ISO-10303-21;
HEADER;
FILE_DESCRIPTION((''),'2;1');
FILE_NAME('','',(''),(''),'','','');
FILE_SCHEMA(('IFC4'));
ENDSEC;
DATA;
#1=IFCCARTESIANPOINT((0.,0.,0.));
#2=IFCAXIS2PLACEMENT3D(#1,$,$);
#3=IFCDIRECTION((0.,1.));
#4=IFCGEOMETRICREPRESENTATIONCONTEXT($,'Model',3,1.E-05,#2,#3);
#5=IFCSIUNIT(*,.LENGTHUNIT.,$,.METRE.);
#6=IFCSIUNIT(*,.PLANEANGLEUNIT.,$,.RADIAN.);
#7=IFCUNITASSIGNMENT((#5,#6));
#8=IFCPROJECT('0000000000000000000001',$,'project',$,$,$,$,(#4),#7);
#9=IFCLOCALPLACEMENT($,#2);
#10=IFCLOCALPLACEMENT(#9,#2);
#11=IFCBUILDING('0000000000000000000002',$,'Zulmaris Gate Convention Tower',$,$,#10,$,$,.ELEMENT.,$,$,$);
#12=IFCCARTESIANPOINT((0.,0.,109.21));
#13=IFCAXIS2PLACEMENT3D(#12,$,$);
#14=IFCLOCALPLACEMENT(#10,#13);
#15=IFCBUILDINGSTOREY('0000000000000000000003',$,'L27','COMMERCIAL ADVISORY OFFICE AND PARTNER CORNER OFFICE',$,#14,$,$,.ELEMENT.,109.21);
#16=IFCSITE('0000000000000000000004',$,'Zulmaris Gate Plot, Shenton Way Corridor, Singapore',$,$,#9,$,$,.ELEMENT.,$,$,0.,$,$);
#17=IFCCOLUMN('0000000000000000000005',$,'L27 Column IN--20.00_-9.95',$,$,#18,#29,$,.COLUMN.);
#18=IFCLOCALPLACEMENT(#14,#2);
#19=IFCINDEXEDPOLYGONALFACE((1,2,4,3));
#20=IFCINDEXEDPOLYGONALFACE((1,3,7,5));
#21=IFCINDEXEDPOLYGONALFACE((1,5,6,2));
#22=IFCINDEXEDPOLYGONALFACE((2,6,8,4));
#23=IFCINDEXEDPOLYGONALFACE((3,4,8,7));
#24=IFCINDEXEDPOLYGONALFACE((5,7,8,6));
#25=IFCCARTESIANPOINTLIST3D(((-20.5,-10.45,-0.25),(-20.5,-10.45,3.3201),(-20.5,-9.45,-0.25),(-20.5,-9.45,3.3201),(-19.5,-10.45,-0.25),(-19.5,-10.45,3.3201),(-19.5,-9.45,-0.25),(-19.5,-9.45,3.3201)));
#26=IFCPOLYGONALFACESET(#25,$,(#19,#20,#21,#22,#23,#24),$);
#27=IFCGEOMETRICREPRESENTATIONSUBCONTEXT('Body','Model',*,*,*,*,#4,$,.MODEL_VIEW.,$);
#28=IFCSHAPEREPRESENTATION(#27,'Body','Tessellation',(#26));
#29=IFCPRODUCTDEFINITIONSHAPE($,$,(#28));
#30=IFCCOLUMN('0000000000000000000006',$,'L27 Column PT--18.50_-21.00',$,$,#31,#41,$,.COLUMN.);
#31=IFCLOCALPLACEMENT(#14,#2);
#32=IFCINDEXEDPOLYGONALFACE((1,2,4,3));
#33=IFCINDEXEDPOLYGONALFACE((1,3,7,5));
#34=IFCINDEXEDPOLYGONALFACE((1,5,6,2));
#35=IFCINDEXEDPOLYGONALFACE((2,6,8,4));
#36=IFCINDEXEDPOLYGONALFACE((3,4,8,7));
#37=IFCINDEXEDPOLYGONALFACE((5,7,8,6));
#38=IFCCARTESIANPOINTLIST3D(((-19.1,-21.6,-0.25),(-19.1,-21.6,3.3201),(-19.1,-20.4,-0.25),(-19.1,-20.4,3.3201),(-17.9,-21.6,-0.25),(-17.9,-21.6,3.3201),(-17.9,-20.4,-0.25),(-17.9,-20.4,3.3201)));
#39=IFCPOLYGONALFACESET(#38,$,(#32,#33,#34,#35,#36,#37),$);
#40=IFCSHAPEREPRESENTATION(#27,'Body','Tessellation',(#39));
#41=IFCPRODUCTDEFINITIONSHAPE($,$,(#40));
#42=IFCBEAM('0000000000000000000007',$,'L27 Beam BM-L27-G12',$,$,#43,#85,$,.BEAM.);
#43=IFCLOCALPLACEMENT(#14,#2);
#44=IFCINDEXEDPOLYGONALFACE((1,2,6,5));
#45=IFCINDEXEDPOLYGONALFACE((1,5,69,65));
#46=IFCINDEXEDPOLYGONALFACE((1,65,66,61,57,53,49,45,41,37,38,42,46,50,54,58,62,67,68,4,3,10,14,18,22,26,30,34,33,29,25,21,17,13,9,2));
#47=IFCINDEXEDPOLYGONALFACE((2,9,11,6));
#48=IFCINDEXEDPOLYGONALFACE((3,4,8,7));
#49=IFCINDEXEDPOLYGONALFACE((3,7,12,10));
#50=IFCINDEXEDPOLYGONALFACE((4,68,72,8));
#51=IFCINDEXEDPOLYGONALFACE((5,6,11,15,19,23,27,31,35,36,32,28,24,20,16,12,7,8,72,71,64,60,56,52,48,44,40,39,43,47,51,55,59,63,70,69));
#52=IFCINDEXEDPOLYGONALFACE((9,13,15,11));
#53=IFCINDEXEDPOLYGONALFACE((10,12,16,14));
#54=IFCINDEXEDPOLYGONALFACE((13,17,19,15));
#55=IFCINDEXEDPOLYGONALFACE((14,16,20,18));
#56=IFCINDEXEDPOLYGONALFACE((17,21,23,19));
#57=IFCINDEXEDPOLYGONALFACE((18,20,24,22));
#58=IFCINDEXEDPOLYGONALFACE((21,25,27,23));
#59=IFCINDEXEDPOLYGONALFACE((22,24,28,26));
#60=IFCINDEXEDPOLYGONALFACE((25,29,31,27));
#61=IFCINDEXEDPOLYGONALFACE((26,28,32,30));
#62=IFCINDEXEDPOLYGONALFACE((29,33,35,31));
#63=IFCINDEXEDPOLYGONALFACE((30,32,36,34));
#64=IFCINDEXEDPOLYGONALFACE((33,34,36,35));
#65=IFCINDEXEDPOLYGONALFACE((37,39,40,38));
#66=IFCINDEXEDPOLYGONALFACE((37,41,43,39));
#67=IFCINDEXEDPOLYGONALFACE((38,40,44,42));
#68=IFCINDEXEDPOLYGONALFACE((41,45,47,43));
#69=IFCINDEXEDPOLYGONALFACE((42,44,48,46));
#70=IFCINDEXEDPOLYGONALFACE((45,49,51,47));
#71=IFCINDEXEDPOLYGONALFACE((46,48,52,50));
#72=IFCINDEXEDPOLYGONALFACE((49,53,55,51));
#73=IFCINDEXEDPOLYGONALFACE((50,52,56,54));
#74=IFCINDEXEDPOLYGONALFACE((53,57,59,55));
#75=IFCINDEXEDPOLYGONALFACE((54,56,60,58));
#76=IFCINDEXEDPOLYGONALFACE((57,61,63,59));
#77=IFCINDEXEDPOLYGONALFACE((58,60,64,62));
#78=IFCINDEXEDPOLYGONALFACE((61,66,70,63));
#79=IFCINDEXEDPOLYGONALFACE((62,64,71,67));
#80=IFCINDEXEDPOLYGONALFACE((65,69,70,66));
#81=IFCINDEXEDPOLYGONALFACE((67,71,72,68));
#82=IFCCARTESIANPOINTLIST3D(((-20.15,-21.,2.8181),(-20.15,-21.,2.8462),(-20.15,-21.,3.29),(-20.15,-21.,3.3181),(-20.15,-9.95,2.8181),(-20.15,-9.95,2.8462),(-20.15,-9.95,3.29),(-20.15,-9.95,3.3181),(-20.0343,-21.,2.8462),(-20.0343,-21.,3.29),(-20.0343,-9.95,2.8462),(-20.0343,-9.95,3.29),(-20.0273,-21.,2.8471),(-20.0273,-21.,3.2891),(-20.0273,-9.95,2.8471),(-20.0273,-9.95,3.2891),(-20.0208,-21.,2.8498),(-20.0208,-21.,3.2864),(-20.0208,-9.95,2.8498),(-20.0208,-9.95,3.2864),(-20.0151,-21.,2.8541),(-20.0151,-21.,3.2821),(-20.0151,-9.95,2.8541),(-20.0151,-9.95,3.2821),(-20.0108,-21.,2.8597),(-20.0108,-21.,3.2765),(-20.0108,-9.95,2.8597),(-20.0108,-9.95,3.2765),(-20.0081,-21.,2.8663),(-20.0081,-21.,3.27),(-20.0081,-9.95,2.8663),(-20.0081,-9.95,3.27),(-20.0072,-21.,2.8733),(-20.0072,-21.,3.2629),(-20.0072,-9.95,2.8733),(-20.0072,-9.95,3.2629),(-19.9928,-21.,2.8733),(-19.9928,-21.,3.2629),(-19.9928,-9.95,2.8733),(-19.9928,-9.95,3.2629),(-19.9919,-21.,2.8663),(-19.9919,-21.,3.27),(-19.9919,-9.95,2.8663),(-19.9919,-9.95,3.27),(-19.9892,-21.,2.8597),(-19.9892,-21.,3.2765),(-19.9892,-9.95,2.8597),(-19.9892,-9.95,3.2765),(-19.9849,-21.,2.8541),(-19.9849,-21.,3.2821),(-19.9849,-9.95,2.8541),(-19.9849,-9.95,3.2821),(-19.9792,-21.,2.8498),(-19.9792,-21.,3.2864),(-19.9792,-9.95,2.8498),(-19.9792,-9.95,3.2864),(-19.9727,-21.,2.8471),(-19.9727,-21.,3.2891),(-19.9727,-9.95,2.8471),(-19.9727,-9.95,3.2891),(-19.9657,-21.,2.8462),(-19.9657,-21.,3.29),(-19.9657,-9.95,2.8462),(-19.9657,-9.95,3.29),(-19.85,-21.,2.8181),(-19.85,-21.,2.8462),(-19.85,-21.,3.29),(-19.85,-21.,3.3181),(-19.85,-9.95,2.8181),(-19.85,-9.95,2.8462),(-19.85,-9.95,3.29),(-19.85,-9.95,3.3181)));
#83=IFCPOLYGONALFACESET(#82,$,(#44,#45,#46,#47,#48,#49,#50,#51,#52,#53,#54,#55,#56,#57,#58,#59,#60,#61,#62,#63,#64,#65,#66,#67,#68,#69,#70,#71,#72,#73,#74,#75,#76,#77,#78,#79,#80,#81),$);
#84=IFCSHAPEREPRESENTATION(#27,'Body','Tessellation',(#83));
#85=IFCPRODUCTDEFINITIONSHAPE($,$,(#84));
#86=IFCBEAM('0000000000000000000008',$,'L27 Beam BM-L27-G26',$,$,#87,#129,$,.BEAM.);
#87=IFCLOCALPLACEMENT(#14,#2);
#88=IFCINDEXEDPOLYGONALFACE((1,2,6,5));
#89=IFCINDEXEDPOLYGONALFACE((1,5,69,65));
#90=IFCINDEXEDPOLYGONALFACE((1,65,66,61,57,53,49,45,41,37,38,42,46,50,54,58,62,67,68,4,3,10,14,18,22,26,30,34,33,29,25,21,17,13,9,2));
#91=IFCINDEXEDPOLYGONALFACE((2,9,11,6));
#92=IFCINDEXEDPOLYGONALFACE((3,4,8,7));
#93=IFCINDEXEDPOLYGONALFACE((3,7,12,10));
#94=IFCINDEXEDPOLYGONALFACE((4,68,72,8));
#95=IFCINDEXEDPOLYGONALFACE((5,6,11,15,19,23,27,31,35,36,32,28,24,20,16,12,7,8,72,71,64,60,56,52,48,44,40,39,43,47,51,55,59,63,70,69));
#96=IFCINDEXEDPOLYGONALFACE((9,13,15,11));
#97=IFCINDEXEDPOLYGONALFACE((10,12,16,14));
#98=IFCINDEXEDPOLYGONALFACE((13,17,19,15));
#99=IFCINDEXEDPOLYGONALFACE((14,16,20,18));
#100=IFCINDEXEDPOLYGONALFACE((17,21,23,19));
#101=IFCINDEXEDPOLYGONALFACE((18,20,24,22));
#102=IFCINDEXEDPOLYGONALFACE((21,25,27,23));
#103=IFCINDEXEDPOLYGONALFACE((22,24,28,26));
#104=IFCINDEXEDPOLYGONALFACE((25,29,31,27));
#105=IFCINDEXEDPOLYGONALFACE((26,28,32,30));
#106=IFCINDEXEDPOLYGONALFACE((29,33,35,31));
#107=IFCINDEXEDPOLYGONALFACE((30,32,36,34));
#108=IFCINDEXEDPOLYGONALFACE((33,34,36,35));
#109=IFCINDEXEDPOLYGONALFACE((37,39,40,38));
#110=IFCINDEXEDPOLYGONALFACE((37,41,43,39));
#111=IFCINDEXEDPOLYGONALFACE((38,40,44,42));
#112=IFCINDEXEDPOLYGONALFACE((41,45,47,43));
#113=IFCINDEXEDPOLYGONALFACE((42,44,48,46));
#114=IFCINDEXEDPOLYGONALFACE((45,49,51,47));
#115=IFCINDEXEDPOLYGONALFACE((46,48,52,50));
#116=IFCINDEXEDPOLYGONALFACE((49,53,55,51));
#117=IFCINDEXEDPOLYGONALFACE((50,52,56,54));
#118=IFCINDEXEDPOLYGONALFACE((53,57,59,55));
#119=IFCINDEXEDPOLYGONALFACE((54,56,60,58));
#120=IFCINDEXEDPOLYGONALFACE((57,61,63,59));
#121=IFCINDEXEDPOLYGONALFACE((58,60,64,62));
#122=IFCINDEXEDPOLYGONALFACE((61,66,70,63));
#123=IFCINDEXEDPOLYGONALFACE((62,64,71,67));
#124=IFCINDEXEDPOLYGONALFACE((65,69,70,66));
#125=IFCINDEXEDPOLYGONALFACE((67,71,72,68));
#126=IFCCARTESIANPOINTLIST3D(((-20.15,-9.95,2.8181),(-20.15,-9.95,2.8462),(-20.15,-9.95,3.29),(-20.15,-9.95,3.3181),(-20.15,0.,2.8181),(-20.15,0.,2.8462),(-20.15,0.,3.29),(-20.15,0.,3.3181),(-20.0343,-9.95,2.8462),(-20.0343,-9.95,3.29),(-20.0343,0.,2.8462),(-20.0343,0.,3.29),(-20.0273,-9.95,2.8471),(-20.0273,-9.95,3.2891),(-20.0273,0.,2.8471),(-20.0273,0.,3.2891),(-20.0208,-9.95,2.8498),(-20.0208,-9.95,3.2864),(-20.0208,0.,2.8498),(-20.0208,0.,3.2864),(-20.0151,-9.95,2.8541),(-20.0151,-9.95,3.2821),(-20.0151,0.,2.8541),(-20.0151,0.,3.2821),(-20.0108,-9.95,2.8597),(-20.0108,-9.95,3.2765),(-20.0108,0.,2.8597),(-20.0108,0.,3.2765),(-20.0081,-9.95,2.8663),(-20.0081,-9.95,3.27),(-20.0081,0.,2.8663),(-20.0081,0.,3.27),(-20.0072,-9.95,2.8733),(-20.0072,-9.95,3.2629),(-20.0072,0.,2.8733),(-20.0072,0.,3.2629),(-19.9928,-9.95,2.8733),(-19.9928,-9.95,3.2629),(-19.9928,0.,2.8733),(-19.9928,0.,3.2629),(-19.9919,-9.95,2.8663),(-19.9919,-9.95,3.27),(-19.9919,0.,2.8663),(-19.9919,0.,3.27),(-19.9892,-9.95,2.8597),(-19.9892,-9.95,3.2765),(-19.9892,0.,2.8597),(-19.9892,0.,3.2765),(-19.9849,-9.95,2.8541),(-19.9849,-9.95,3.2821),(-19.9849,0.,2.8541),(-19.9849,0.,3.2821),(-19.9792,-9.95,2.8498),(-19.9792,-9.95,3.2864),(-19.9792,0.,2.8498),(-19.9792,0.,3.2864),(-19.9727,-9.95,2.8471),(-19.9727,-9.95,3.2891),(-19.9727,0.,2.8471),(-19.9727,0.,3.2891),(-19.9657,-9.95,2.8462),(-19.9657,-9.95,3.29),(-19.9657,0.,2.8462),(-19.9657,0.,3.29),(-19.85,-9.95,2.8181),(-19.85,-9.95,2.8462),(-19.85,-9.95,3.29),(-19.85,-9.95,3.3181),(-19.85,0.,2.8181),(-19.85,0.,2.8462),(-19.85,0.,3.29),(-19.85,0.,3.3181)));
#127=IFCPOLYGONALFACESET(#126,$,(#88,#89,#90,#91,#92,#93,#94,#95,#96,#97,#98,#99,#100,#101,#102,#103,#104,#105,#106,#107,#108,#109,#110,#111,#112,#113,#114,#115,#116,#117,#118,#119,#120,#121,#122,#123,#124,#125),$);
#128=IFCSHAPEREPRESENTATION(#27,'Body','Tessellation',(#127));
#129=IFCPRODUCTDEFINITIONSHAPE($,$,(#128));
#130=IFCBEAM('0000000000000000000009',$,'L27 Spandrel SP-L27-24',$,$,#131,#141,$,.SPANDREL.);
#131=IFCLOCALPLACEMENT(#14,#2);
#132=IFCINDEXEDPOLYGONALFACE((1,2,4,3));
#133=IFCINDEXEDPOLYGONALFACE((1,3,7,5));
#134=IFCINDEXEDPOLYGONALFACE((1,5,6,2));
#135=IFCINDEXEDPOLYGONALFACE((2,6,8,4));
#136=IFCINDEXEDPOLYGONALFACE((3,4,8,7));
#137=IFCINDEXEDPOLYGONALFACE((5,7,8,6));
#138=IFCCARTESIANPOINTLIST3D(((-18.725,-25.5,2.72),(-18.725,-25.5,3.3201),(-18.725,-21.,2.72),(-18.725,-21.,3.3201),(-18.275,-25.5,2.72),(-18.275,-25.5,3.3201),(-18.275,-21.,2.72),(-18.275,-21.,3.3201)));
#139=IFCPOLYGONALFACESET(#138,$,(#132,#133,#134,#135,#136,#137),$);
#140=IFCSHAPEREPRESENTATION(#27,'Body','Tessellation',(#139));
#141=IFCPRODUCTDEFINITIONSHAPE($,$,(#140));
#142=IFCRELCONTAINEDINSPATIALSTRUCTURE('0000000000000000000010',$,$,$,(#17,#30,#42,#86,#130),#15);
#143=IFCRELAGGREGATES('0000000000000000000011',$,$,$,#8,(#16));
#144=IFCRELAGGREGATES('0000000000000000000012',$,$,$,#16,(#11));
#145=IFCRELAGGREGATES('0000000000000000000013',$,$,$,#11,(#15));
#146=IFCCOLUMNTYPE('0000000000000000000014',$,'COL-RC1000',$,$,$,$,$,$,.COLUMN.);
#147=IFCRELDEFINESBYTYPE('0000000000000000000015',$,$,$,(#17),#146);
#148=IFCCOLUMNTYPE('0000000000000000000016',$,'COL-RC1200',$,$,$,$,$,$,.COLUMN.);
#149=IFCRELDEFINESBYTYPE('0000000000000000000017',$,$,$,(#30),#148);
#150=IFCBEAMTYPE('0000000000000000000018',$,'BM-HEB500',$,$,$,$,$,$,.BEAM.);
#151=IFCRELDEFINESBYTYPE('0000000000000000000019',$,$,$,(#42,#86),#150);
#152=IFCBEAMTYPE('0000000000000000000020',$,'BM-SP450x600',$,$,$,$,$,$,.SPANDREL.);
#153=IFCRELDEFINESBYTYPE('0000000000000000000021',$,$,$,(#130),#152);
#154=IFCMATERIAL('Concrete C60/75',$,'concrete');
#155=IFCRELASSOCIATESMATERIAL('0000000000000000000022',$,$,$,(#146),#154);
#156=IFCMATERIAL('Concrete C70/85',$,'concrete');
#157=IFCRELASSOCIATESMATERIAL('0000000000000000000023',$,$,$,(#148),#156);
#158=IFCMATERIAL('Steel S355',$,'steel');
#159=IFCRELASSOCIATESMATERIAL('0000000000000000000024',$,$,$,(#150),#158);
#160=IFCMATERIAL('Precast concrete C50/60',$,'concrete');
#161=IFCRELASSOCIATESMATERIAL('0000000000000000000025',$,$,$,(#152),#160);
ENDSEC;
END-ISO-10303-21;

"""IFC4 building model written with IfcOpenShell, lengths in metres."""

from ifc_helpers import new_model, si_unit, direction, frame, origin, origin_2d, place, context, subcontext, project, spatial, rectangle, i_section, extrude, material, material_profile, profile_set, type_object, element, save


model = new_model("IFC4")

# Units and contexts
model_context = context("Model", 3, precision=1e-05, world=origin(), true_north=direction((0.0, 1.0)))
body_context = subcontext(model_context, "Body", "Model", "MODEL_VIEW")
ifc_project = project(units=[si_unit("LENGTHUNIT", "METRE"), si_unit("PLANEANGLEUNIT", "RADIAN")], contexts=[model_context])

# Site, building, storey
site_placement = place(None, origin())
site = spatial("IfcSite", under=ifc_project, at=site_placement, Name="Zulmaris Gate Plot, Shenton Way Corridor, Singapore", CompositionType="ELEMENT", RefElevation=0.0)
building_placement = place(site_placement, origin())
building = spatial("IfcBuilding", under=site, at=building_placement, Name="Zulmaris Gate Convention Tower", CompositionType="ELEMENT")
storey_placement = place(building_placement, frame((0.0, 0.0, 109.21)))
storey = spatial("IfcBuildingStorey", under=building, at=storey_placement, Name="L27", Description="COMMERCIAL ADVISORY OFFICE AND PARTNER CORNER OFFICE", CompositionType="ELEMENT", Elevation=109.21)

# Columns
ifc_material_1 = material(Name="Concrete C60/75", Category="concrete")
ifc_material_profile_1 = material_profile(ifc_material_1, rectangle(XDim=1.0, YDim=1.0, at=origin_2d()), Name="RC COL 1000x1000")
ifc_profile_set_1 = profile_set([ifc_material_profile_1], Name="Concrete C60/75")
column_type_1 = type_object("IfcColumnType", Name="COL-RC1000", PredefinedType="COLUMN", material=ifc_profile_set_1)
column_1_placement = place(storey_placement, frame((-20.0, -9.95, -0.25), z_axis=(0.0, 0.0, 1.0), x_axis=(1.0, 0.0, 0.0)))
element("IfcColumn", 1, at=column_1_placement, inside=storey, type_object=column_type_1, Name="L27 Column IN--20.00_-9.95", PredefinedType="COLUMN", context=body_context, shape_type="SweptSolid", body=[
    extrude(rectangle(XDim=1.0, YDim=1.0, at=origin_2d()), origin(), (0.0, 0.0, 1.0), 3.5701),
])
ifc_material_2 = material(Name="Concrete C70/85", Category="concrete")
ifc_material_profile_2 = material_profile(ifc_material_2, rectangle(XDim=1.2, YDim=1.2, at=origin_2d()), Name="RC COL 1200x1200")
ifc_profile_set_2 = profile_set([ifc_material_profile_2], Name="Concrete C70/85")
column_type_2 = type_object("IfcColumnType", Name="COL-RC1200", PredefinedType="COLUMN", material=ifc_profile_set_2)
column_2_placement = place(storey_placement, frame((-18.5, -21.0, -0.25), z_axis=(0.0, 0.0, 1.0), x_axis=(1.0, 0.0, 0.0)))
element("IfcColumn", 2, at=column_2_placement, inside=storey, type_object=column_type_2, Name="L27 Column PT--18.50_-21.00", PredefinedType="COLUMN", context=body_context, shape_type="SweptSolid", body=[
    extrude(rectangle(XDim=1.2, YDim=1.2, at=origin_2d()), origin(), (0.0, 0.0, 1.0), 3.5701),
])

# Beams
ifc_material_3 = material(Name="Steel S355", Category="steel")
ifc_material_profile_3 = material_profile(ifc_material_3, i_section(OverallWidth=0.3, OverallDepth=0.5, WebThickness=0.0144, FlangeThickness=0.0281, FilletRadius=0.0271, at=origin_2d()), Name="HEB 500")
ifc_profile_set_3 = profile_set([ifc_material_profile_3], Name="Steel S355")
beam_type_1 = type_object("IfcBeamType", Name="BM-HEB500", PredefinedType="BEAM", material=ifc_profile_set_3)
beam_1_placement = place(storey_placement, frame((-20.0, -21.0, 3.0681), z_axis=(0.0, 1.0, 0.0), x_axis=(-1.0, 0.0, 0.0)))
element("IfcBeam", 3, at=beam_1_placement, inside=storey, type_object=beam_type_1, Name="L27 Beam BM-L27-G12", PredefinedType="BEAM", context=body_context, shape_type="SweptSolid", body=[
    extrude(i_section(OverallWidth=0.3, OverallDepth=0.5, WebThickness=0.0144, FlangeThickness=0.0281, FilletRadius=0.0271, at=origin_2d()), origin(), (0.0, 0.0, 1.0), 11.05),
])
beam_2_placement = place(storey_placement, frame((-20.0, -9.95, 3.0681), z_axis=(0.0, 1.0, 0.0), x_axis=(-1.0, 0.0, 0.0)))
element("IfcBeam", 4, at=beam_2_placement, inside=storey, type_object=beam_type_1, Name="L27 Beam BM-L27-G26", PredefinedType="BEAM", context=body_context, shape_type="SweptSolid", body=[
    extrude(i_section(OverallWidth=0.3, OverallDepth=0.5, WebThickness=0.0144, FlangeThickness=0.0281, FilletRadius=0.0271, at=origin_2d()), origin(), (0.0, 0.0, 1.0), 9.95),
])
ifc_material_4 = material(Name="Precast concrete C50/60", Category="concrete")
ifc_material_profile_4 = material_profile(ifc_material_4, rectangle(XDim=0.45, YDim=0.6001, at=origin_2d()), Name="RC SPANDREL 450x600")
ifc_profile_set_4 = profile_set([ifc_material_profile_4], Name="Precast concrete C50/60")
beam_type_2 = type_object("IfcBeamType", Name="BM-SP450x600", PredefinedType="SPANDREL", material=ifc_profile_set_4)
beam_3_placement = place(storey_placement, frame((-18.5, -21.0, 3.02), z_axis=(0.0, -1.0, 0.0), x_axis=(1.0, 0.0, 0.0)))
element("IfcBeam", 5, at=beam_3_placement, inside=storey, type_object=beam_type_2, Name="L27 Spandrel SP-L27-24", PredefinedType="SPANDREL", context=body_context, shape_type="SweptSolid", body=[
    extrude(rectangle(XDim=0.45, YDim=0.6001, at=origin_2d()), origin(), (0.0, 0.0, 1.0), 4.5),
])

save(model, "model.ifc")
